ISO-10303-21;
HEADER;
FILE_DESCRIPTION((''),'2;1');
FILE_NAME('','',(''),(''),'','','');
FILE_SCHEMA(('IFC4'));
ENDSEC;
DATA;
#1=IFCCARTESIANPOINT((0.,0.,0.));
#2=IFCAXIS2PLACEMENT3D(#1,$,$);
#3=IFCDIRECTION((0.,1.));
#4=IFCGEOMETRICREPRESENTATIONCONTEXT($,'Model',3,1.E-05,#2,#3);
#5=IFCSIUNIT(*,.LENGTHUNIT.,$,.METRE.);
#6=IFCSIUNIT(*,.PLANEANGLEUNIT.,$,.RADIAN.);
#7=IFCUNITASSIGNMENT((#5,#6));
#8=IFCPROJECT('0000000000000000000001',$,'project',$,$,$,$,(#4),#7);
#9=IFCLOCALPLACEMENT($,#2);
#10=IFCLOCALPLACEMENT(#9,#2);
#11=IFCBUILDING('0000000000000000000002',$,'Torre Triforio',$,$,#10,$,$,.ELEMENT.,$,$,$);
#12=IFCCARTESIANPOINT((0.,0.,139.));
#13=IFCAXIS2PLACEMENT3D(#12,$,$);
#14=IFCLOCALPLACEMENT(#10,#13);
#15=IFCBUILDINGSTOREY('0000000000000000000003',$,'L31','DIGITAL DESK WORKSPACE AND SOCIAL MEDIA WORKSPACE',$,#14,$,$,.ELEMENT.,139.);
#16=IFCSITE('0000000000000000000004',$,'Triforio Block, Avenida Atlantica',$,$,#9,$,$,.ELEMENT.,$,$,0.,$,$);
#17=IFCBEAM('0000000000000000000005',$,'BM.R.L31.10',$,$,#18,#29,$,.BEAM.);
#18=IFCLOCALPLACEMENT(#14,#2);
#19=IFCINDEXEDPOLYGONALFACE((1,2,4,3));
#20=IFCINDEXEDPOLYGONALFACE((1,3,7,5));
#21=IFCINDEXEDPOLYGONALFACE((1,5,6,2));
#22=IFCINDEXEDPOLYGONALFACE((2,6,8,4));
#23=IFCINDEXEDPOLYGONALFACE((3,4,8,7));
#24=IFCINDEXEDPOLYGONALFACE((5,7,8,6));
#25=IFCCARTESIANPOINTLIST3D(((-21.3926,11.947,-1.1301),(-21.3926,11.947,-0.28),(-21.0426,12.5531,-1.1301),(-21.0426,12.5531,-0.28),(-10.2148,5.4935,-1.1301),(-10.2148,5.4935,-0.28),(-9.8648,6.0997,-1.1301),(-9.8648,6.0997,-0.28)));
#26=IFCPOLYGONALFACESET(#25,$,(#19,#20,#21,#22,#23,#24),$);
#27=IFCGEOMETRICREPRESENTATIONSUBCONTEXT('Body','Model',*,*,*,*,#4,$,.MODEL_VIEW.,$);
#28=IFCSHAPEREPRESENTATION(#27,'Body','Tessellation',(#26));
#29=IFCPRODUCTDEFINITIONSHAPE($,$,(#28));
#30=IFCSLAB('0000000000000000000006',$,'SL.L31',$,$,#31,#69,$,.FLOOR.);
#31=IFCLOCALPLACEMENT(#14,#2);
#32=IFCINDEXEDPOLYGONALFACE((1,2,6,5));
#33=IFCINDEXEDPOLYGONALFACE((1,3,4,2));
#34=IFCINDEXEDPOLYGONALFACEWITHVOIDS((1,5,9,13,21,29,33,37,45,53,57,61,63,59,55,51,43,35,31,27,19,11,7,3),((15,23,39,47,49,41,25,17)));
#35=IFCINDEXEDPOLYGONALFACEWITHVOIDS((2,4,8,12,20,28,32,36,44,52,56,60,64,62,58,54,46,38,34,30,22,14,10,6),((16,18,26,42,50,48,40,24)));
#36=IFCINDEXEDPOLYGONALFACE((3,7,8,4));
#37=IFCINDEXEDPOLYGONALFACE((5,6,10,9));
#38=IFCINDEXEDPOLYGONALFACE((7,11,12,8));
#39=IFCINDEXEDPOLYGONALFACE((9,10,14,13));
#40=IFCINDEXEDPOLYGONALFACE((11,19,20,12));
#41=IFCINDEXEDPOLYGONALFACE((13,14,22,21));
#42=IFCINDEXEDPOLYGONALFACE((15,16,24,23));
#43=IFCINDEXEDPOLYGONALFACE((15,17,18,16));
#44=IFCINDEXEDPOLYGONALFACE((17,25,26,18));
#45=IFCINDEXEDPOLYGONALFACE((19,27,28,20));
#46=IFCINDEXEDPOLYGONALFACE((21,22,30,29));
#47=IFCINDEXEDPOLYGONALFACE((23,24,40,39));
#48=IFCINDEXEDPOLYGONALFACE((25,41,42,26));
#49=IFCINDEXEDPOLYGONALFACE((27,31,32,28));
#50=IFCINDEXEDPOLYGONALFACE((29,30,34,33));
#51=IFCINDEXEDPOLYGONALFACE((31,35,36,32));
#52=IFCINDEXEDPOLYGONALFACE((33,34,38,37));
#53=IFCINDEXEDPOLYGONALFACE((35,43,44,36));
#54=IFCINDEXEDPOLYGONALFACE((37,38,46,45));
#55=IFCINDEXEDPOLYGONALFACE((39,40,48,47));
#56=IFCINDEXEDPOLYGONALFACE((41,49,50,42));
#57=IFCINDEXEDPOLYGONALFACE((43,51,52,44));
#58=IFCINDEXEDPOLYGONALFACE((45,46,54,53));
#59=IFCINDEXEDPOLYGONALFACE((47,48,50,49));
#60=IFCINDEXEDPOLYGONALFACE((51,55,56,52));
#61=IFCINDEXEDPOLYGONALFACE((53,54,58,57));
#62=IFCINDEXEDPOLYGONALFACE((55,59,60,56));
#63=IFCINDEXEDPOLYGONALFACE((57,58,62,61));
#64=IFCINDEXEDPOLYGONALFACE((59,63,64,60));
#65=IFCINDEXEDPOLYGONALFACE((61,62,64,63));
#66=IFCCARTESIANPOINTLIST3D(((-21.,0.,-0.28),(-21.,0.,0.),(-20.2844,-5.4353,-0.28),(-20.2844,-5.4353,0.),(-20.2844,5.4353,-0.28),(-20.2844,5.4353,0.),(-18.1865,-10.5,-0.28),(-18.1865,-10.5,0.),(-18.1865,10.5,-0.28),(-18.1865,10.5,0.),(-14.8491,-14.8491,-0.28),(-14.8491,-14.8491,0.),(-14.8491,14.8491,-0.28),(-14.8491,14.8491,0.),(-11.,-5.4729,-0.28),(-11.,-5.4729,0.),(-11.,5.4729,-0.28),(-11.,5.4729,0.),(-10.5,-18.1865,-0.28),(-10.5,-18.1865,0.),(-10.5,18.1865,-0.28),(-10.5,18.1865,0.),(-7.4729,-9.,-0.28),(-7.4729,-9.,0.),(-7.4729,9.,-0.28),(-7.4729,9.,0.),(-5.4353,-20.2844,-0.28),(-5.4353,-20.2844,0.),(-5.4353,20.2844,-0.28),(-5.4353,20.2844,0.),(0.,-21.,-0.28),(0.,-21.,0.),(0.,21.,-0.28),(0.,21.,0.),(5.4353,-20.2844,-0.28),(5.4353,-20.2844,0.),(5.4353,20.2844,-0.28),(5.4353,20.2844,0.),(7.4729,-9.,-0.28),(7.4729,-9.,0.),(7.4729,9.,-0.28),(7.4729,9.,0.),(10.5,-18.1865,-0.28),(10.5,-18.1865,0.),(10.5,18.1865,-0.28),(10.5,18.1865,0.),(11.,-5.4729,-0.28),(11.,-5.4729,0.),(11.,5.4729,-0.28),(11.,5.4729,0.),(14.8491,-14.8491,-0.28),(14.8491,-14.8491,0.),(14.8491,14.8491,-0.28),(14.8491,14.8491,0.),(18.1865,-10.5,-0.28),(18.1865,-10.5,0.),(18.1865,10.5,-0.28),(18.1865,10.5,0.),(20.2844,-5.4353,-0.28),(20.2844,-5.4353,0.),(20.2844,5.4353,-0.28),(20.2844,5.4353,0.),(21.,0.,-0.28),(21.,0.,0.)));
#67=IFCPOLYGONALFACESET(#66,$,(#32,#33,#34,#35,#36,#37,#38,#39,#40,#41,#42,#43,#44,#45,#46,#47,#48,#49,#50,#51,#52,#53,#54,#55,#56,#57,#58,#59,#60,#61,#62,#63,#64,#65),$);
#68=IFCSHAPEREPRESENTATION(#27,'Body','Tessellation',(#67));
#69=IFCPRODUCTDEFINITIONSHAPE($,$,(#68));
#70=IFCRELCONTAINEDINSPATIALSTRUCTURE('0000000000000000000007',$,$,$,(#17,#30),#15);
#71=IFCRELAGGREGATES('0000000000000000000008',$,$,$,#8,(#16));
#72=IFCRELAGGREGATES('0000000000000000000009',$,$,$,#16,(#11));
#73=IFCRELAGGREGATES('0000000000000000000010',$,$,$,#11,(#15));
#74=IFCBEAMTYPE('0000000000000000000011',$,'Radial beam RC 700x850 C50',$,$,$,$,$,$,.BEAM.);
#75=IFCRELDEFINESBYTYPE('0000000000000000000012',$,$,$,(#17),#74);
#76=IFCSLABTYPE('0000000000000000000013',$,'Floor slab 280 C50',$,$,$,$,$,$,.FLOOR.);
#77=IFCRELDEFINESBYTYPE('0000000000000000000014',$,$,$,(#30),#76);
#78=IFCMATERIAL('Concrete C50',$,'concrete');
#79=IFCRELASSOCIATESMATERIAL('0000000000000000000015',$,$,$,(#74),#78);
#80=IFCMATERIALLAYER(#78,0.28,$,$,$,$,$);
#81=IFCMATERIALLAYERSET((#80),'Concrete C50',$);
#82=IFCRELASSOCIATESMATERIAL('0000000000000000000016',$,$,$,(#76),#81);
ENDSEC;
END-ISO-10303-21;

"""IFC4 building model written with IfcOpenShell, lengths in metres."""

from ifc_helpers import new_model, si_unit, direction, frame, origin, origin_2d, place, context, subcontext, project, spatial, polyline, rectangle, outline, extrude, material, layer, layer_set, material_profile, profile_set, type_object, element, save


model = new_model("IFC4")

# Units and contexts
model_context = context("Model", 3, precision=1e-05, world=origin(), true_north=direction((0.0, 1.0)))
body_context = subcontext(model_context, "Body", "Model", "MODEL_VIEW")
ifc_project = project(units=[si_unit("LENGTHUNIT", "METRE"), si_unit("PLANEANGLEUNIT", "RADIAN")], contexts=[model_context])

# Site, building, storey
site_placement = place(None, origin())
site = spatial("IfcSite", under=ifc_project, at=site_placement, Name="Triforio Block, Avenida Atlantica", CompositionType="ELEMENT", RefElevation=0.0)
building_placement = place(site_placement, origin())
building = spatial("IfcBuilding", under=site, at=building_placement, Name="Torre Triforio", CompositionType="ELEMENT")
storey_placement = place(building_placement, frame((0.0, 0.0, 139.0)))
storey = spatial("IfcBuildingStorey", under=building, at=storey_placement, Name="L31", Description="DIGITAL DESK WORKSPACE AND SOCIAL MEDIA WORKSPACE", CompositionType="ELEMENT", Elevation=139.0)

# Beam
ifc_material_1 = material(Name="Concrete C50", Category="concrete")
ifc_material_profile = material_profile(ifc_material_1, rectangle(XDim=0.7, YDim=0.8501, at=origin_2d()), Name="RC 700x850")
ifc_profile_set = profile_set([ifc_material_profile], Name="Concrete C50")
beam_type = type_object("IfcBeamType", Name="Radial beam RC 700x850 C50", PredefinedType="BEAM", material=ifc_profile_set)
beam_placement = place(storey_placement, frame((-10.0398, 5.7966, -0.7051), z_axis=(-0.866029, 0.499994, 0.0), x_axis=(-0.499994, -0.866029, 0.0)))
element("IfcBeam", 1, at=beam_placement, inside=storey, type_object=beam_type, Name="BM.R.L31.10", PredefinedType="BEAM", context=body_context, shape_type="SweptSolid", body=[
    extrude(rectangle(XDim=0.7, YDim=0.8501, at=origin_2d()), origin(), (0.0, 0.0, 1.0), 12.907),
])

# Slab
ifc_layer_1 = layer(ifc_material_1, 0.28)
ifc_layer_set_1 = layer_set([ifc_layer_1], Name="Concrete C50")
slab_type_1 = type_object("IfcSlabType", Name="Floor slab 280 C50", PredefinedType="FLOOR", material=ifc_layer_set_1)
slab_1_placement = place(storey_placement, frame((0.0, 0.0, -0.28)))
element("IfcSlab", 2, at=slab_1_placement, inside=storey, type_object=slab_type_1, Name="SL.L31", PredefinedType="FLOOR", context=body_context, shape_type="SweptSolid", body=[
    extrude(outline(polyline([(18.1865, -10.5), (20.2844, -5.4353), (21.0, 0.0), (20.2844, 5.4353), (18.1865, 10.5), (14.8491, 14.8491), (10.5, 18.1865), (5.4353, 20.2844), (0.0, 21.0), (-5.4353, 20.2844), (-10.5, 18.1865), (-14.8491, 14.8491), (-18.1865, 10.5), (-20.2844, 5.4353), (-21.0, 0.0), (-20.2844, -5.4353), (-18.1865, -10.5), (-14.8491, -14.8491), (-10.5, -18.1865), (-5.4353, -20.2844), (0.0, -21.0), (5.4353, -20.2844), (10.5, -18.1865), (14.8491, -14.8491), (18.1865, -10.5)]), holes=[polyline([(11.0, 5.4729), (11.0, -5.4729), (7.4729, -9.0), (-7.4729, -9.0), (-11.0, -5.4729), (-11.0, 5.4729), (-7.4729, 9.0), (7.4729, 9.0), (11.0, 5.4729)])]), origin(), (0.0, 0.0, 1.0), 0.28),
])

save(model, "model.ifc")
